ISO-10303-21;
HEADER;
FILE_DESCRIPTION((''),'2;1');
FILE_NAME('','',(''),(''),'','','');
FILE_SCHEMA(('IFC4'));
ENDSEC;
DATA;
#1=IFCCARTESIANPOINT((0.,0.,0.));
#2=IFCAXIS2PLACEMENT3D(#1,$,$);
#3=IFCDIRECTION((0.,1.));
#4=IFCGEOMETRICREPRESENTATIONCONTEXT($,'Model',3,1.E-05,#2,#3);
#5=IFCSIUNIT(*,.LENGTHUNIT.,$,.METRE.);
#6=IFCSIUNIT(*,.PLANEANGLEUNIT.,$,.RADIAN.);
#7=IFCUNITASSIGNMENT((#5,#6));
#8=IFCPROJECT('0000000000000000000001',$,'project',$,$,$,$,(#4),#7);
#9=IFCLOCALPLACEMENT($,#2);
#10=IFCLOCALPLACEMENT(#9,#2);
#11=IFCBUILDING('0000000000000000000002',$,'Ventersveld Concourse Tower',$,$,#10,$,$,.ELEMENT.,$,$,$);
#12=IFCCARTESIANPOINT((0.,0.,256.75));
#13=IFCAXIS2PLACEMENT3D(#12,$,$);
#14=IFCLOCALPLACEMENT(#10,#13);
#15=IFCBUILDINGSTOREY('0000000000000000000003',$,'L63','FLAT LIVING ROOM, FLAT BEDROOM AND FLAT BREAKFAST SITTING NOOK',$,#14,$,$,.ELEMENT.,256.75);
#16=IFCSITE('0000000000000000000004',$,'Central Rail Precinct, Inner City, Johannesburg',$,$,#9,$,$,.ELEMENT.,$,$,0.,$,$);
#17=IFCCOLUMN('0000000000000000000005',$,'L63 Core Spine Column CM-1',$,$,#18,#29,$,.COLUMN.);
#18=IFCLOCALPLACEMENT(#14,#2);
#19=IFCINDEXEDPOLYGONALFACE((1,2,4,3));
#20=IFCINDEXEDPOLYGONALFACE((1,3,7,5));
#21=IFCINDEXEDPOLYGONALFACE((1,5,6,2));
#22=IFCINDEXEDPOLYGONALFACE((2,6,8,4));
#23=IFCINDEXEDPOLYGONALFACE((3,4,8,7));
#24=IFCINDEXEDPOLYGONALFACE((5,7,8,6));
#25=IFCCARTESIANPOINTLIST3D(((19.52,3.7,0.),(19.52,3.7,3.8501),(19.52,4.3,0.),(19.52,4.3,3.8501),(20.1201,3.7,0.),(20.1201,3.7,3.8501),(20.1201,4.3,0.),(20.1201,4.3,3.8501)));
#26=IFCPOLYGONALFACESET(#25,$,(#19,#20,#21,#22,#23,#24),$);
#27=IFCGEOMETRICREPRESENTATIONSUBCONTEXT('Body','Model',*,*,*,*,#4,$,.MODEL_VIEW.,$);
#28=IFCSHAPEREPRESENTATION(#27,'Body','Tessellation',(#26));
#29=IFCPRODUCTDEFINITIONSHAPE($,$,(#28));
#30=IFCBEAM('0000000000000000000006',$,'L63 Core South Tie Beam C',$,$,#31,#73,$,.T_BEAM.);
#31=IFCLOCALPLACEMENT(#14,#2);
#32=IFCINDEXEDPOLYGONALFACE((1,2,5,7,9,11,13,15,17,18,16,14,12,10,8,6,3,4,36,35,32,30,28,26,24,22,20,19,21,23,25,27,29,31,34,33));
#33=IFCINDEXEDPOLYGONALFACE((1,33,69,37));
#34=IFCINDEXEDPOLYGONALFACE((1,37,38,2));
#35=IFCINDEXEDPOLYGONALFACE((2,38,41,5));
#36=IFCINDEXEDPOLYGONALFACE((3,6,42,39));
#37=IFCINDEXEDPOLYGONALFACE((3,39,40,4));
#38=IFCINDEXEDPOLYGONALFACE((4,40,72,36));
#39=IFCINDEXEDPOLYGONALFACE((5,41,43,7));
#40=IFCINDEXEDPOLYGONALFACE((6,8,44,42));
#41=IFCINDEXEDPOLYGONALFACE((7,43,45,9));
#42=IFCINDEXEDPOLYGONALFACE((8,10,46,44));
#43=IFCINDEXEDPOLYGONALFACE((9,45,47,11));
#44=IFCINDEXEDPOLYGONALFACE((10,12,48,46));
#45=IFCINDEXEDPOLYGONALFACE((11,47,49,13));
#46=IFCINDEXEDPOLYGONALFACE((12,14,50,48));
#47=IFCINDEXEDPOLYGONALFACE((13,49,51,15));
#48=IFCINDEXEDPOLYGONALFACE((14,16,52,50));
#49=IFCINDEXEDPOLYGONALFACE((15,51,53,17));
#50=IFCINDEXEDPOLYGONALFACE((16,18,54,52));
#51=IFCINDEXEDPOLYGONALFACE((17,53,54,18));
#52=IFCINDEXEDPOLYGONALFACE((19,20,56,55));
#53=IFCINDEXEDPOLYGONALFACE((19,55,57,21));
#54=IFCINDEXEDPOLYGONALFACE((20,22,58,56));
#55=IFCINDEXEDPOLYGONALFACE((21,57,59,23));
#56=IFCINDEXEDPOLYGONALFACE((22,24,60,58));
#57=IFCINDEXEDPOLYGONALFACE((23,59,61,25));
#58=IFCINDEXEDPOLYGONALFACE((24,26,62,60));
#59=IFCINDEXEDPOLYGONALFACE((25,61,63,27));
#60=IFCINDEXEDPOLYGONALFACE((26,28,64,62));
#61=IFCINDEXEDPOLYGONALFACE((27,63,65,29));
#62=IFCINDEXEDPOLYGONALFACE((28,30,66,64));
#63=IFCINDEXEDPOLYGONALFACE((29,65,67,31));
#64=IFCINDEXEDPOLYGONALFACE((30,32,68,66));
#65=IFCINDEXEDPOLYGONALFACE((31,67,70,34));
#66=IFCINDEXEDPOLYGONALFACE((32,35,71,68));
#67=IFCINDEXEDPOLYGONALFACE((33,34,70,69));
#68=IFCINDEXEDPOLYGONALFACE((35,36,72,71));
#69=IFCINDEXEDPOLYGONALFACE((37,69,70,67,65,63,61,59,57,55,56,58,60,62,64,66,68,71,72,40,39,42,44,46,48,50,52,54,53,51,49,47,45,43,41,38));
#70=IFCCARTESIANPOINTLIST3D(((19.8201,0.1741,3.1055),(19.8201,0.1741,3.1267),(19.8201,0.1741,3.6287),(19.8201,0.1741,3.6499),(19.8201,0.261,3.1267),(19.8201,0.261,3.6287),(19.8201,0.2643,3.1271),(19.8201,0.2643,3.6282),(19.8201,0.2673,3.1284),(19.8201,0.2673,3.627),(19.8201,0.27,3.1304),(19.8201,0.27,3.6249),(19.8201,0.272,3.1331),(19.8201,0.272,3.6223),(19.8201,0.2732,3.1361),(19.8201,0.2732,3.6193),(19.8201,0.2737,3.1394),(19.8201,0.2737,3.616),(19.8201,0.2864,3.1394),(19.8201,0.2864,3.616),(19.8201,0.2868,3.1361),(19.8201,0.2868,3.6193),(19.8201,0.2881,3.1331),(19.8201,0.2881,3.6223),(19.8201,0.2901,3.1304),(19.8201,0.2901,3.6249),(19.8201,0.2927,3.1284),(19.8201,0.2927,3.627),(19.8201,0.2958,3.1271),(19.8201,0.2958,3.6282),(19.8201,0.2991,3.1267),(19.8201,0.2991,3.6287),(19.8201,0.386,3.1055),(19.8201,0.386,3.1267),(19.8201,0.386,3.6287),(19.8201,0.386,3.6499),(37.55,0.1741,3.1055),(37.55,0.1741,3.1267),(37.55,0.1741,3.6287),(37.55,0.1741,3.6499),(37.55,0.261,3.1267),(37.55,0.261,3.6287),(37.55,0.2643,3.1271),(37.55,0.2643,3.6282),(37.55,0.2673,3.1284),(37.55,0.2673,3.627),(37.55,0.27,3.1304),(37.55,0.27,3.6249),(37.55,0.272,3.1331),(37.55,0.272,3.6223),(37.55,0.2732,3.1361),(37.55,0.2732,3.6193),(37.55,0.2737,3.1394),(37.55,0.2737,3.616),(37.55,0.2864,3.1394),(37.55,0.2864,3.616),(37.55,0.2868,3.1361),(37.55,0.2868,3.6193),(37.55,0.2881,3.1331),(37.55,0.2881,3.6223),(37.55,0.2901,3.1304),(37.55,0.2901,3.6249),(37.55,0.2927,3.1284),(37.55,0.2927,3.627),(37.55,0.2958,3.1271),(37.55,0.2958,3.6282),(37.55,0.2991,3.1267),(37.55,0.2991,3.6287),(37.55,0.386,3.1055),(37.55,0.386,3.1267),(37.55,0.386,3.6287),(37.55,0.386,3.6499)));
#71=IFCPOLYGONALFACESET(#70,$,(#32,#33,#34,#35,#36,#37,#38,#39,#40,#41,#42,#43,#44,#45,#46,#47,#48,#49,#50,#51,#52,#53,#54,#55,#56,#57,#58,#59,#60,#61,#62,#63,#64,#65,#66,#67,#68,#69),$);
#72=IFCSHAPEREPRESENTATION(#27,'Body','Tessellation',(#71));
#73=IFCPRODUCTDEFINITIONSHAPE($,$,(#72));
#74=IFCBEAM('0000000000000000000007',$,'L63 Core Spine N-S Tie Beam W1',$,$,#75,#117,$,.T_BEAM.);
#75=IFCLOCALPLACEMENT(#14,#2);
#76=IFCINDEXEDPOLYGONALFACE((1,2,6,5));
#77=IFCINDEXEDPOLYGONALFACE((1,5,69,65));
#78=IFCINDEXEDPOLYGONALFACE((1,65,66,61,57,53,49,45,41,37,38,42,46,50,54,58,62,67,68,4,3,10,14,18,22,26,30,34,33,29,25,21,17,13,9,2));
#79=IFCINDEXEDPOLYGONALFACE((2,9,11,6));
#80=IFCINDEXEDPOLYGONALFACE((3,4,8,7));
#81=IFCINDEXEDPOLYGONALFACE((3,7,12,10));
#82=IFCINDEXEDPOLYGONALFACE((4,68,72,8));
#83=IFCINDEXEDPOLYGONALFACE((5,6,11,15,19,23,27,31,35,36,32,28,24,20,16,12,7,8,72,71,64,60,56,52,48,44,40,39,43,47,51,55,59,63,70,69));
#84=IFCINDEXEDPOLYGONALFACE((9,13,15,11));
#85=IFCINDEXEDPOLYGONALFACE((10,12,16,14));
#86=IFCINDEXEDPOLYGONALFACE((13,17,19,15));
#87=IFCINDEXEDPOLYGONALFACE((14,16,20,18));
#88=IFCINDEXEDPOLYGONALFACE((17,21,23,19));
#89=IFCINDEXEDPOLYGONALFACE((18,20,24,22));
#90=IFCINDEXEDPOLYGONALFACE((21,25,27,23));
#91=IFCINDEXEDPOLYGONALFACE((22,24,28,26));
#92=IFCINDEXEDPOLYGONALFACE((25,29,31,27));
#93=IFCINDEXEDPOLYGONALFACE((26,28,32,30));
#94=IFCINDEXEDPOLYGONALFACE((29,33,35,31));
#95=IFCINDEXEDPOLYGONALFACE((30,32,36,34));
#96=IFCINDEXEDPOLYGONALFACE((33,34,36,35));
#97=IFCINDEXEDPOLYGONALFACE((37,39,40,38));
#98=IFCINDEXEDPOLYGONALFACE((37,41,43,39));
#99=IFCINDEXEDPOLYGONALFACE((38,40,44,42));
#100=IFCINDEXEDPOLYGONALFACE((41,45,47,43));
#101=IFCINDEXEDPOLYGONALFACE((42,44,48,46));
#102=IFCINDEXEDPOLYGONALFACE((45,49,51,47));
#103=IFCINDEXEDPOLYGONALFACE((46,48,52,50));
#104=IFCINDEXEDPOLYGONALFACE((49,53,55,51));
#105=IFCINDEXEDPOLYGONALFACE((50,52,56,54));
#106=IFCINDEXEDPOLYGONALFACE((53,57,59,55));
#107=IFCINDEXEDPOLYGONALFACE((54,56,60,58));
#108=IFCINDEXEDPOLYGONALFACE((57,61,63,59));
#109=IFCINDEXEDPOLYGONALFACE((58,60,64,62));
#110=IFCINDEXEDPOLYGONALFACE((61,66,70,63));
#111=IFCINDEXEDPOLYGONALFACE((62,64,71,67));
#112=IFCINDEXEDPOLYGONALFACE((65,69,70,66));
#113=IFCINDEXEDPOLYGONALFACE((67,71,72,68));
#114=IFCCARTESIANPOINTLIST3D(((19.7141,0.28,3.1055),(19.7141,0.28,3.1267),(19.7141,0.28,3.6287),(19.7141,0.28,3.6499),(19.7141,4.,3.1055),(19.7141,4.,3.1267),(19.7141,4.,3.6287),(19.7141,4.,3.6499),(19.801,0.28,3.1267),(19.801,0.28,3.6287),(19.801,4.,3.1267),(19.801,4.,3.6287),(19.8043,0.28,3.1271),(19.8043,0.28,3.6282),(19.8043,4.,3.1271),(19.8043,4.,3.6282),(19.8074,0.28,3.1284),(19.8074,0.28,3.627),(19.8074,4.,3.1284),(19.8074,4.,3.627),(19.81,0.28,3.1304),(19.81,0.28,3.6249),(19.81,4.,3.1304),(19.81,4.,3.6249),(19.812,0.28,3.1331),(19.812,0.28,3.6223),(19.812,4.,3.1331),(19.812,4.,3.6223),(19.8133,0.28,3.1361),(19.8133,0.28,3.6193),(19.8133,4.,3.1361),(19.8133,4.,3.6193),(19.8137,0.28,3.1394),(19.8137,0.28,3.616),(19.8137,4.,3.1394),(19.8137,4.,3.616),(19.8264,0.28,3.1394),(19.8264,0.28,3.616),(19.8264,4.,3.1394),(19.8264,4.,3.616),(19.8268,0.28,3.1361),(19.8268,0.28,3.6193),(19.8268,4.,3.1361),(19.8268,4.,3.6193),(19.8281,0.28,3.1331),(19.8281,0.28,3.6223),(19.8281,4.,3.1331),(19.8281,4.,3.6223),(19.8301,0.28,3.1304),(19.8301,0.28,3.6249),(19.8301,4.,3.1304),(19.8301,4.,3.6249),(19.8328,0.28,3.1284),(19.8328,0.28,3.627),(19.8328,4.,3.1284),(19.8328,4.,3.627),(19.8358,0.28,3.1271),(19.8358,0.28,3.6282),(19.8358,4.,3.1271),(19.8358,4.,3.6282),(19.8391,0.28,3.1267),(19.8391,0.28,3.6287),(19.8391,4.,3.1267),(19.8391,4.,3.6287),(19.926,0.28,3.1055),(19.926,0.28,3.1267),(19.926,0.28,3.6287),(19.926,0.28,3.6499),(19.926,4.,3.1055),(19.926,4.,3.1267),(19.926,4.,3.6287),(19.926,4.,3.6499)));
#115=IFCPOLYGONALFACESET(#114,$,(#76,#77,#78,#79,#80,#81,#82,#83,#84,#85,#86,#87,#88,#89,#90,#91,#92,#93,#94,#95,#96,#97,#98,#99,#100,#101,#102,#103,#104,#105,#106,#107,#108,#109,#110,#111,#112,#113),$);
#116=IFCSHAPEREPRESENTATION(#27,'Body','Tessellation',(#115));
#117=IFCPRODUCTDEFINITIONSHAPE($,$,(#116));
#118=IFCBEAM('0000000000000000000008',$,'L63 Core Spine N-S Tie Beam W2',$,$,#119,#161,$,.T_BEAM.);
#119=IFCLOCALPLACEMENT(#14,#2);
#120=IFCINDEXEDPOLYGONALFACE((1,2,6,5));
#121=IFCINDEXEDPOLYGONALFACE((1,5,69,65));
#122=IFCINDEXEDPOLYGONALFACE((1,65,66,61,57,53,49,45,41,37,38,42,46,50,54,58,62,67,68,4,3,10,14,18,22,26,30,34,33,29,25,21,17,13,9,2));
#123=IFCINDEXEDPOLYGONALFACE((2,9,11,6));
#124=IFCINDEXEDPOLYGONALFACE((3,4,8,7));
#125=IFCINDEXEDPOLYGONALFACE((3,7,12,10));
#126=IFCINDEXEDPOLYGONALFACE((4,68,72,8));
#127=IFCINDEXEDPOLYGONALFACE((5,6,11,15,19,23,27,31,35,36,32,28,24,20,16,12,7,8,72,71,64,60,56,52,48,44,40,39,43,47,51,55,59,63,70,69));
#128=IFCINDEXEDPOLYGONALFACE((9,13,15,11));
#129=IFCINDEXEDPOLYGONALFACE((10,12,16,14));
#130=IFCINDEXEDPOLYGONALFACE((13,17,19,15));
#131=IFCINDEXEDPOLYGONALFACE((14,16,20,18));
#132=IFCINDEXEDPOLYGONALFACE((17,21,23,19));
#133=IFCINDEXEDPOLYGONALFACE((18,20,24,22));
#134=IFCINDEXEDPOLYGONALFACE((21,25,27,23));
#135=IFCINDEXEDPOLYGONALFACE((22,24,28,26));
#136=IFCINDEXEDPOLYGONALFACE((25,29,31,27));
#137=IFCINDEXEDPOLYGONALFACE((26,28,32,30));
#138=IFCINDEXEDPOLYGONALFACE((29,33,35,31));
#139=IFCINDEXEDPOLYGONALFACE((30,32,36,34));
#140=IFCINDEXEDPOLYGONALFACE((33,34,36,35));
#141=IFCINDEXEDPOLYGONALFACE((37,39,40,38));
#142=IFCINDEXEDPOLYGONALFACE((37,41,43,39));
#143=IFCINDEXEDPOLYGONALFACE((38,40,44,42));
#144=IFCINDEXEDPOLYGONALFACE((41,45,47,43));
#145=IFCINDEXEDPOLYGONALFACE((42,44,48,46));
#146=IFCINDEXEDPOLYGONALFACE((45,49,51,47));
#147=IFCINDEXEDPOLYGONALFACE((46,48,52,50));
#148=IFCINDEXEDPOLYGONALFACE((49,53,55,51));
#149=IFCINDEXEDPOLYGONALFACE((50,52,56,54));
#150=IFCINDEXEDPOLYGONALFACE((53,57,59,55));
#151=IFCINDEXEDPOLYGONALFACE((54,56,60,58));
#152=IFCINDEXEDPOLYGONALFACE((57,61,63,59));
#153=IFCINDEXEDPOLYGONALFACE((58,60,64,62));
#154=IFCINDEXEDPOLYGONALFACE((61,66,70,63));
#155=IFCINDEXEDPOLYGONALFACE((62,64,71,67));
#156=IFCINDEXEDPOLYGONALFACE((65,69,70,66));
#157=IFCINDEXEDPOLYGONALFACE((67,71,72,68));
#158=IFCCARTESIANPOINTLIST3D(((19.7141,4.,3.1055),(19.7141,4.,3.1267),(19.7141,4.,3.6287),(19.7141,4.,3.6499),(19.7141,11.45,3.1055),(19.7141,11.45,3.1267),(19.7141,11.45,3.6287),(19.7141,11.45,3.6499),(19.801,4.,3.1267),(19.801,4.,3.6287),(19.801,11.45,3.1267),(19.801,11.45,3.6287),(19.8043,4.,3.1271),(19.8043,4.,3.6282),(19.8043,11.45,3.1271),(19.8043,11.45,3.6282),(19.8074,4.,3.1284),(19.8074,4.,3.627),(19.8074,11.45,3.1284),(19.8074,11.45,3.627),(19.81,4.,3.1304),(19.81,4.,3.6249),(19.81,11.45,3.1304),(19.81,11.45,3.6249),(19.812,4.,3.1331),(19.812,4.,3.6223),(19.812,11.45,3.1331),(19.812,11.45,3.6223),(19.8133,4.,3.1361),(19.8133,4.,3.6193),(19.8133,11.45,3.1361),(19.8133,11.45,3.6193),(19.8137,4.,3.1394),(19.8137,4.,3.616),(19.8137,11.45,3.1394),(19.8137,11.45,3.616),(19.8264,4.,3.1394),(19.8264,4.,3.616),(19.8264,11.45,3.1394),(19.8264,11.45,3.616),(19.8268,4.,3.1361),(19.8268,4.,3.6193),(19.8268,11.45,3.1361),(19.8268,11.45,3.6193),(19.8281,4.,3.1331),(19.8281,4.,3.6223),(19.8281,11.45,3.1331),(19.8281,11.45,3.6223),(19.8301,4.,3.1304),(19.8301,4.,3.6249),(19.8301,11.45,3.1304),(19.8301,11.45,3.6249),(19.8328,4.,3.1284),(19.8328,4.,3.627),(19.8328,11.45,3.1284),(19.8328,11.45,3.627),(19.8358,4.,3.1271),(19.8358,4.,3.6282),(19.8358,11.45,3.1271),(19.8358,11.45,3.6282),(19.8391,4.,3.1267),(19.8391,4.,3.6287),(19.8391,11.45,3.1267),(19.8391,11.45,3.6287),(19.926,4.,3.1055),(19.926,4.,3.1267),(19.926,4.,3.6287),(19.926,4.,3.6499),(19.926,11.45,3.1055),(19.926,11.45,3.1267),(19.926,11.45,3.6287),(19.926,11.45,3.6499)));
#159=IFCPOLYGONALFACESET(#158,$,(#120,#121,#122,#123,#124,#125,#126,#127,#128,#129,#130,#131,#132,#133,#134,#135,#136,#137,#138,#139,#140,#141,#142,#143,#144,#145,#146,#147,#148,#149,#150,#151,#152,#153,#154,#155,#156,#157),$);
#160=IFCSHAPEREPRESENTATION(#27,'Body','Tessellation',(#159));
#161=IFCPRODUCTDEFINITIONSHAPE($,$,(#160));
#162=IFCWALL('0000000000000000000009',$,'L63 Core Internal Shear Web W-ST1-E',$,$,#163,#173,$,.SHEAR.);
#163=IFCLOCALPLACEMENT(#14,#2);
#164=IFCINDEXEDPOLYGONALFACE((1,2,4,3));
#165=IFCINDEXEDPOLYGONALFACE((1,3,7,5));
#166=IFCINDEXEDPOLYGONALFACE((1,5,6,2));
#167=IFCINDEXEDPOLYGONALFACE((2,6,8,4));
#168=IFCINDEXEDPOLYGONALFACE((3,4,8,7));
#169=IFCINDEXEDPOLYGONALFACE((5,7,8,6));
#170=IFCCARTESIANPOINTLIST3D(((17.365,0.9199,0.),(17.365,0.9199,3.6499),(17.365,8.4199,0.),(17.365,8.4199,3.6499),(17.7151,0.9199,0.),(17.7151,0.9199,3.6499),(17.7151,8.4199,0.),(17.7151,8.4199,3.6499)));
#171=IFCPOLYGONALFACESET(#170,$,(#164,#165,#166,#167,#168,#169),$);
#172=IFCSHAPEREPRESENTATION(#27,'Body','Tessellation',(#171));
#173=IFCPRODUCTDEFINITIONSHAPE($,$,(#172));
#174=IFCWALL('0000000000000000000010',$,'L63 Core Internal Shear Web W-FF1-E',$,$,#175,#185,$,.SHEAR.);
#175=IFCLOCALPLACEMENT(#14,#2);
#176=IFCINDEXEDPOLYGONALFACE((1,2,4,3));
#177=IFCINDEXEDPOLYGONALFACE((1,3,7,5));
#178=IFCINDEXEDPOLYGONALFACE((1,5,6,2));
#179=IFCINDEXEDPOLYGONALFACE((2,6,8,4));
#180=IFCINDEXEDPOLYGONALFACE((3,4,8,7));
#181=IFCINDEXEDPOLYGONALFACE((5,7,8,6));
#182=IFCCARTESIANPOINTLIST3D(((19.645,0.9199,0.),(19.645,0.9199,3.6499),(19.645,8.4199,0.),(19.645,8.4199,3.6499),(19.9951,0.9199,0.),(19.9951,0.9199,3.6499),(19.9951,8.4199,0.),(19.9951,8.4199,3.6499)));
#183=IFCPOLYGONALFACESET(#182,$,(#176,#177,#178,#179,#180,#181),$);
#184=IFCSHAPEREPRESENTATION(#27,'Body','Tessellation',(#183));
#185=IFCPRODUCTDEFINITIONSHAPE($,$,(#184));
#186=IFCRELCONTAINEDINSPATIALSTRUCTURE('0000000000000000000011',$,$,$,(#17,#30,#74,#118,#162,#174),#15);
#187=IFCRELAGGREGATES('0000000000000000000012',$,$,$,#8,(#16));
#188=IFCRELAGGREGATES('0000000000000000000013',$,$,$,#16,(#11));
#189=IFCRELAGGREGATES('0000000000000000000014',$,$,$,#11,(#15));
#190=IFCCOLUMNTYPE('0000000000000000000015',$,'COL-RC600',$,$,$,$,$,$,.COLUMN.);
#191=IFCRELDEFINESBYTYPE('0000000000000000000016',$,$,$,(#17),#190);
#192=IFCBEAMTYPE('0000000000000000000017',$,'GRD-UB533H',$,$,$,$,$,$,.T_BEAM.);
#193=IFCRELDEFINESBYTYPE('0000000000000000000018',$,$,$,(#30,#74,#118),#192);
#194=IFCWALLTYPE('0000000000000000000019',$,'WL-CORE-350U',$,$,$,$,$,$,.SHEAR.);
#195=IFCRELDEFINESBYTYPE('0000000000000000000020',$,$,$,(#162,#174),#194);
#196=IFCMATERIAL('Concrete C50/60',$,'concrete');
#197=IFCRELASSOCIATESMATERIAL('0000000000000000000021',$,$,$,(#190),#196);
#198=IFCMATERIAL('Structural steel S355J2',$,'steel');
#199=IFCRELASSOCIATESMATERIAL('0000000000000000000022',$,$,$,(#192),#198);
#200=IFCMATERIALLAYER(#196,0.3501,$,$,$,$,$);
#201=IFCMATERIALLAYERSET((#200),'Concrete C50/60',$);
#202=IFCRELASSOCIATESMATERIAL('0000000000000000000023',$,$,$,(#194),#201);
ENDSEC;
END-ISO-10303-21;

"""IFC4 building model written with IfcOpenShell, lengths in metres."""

from ifc_helpers import new_model, si_unit, direction, frame, frame_2d, origin, origin_2d, place, context, subcontext, project, spatial, rectangle, i_section, extrude, material, layer, layer_set, material_profile, profile_set, type_object, element, save


model = new_model("IFC4")

# Units and contexts
model_context = context("Model", 3, precision=1e-05, world=origin(), true_north=direction((0.0, 1.0)))
body_context = subcontext(model_context, "Body", "Model", "MODEL_VIEW")
ifc_project = project(units=[si_unit("LENGTHUNIT", "METRE"), si_unit("PLANEANGLEUNIT", "RADIAN")], contexts=[model_context])

# Site, building, storey
site_placement = place(None, origin())
site = spatial("IfcSite", under=ifc_project, at=site_placement, Name="Central Rail Precinct, Inner City, Johannesburg", CompositionType="ELEMENT", RefElevation=0.0)
building_placement = place(site_placement, origin())
building = spatial("IfcBuilding", under=site, at=building_placement, Name="Ventersveld Concourse Tower", CompositionType="ELEMENT")
storey_placement = place(building_placement, frame((0.0, 0.0, 256.75)))
storey = spatial("IfcBuildingStorey", under=building, at=storey_placement, Name="L63", Description="FLAT LIVING ROOM, FLAT BEDROOM AND FLAT BREAKFAST SITTING NOOK", CompositionType="ELEMENT", Elevation=256.75)

# Column
ifc_material_1 = material(Name="Concrete C50/60", Category="concrete")
ifc_material_profile_1 = material_profile(ifc_material_1, rectangle(XDim=0.6001, YDim=0.6001, at=origin_2d()), Name="RC 600x600")
ifc_profile_set_1 = profile_set([ifc_material_profile_1], Name="Concrete C50/60")
column_type = type_object("IfcColumnType", Name="COL-RC600", PredefinedType="COLUMN", material=ifc_profile_set_1)
column_placement = place(storey_placement, frame((19.8201, 4.0, 0.0), z_axis=(0.0, 0.0, 1.0), x_axis=(1.0, 0.0, 0.0)))
element("IfcColumn", 1, at=column_placement, inside=storey, type_object=column_type, Name="L63 Core Spine Column CM-1", PredefinedType="COLUMN", context=body_context, shape_type="SweptSolid", body=[
    extrude(rectangle(XDim=0.6001, YDim=0.6001, at=origin_2d()), origin(), (0.0, 0.0, 1.0), 3.8501),
])

# Beams
ifc_material_2 = material(Name="Structural steel S355J2", Category="steel")
ifc_material_profile_2 = material_profile(ifc_material_2, i_section(OverallWidth=0.2119, OverallDepth=0.5444, WebThickness=0.0127, FlangeThickness=0.0212, FilletRadius=0.0127, at=origin_2d()), Name="UB 533x210x122")
ifc_profile_set_2 = profile_set([ifc_material_profile_2], Name="Structural steel S355J2")
beam_type = type_object("IfcBeamType", Name="GRD-UB533H", PredefinedType="T_BEAM", material=ifc_profile_set_2)
beam_1_placement = place(storey_placement, frame((19.8201, 0.28, 3.3777), z_axis=(1.0, 0.0, 0.0), x_axis=(0.0, 1.0, 0.0)))
element("IfcBeam", 2, at=beam_1_placement, inside=storey, type_object=beam_type, Name="L63 Core South Tie Beam C", PredefinedType="T_BEAM", context=body_context, shape_type="SweptSolid", body=[
    extrude(i_section(OverallWidth=0.2119, OverallDepth=0.5444, WebThickness=0.0127, FlangeThickness=0.0212, FilletRadius=0.0127, at=origin_2d()), origin(), (0.0, 0.0, 1.0), 17.73),
])
beam_2_placement = place(storey_placement, frame((19.8201, 0.28, 3.3777), z_axis=(0.0, 1.0, 0.0), x_axis=(-1.0, 0.0, 0.0)))
element("IfcBeam", 3, at=beam_2_placement, inside=storey, type_object=beam_type, Name="L63 Core Spine N-S Tie Beam W1", PredefinedType="T_BEAM", context=body_context, shape_type="SweptSolid", body=[
    extrude(i_section(OverallWidth=0.2119, OverallDepth=0.5444, WebThickness=0.0127, FlangeThickness=0.0212, FilletRadius=0.0127, at=origin_2d()), origin(), (0.0, 0.0, 1.0), 3.72),
])
beam_3_placement = place(storey_placement, frame((19.8201, 4.0, 3.3777), z_axis=(0.0, 1.0, 0.0), x_axis=(-1.0, 0.0, 0.0)))
element("IfcBeam", 4, at=beam_3_placement, inside=storey, type_object=beam_type, Name="L63 Core Spine N-S Tie Beam W2", PredefinedType="T_BEAM", context=body_context, shape_type="SweptSolid", body=[
    extrude(i_section(OverallWidth=0.2119, OverallDepth=0.5444, WebThickness=0.0127, FlangeThickness=0.0212, FilletRadius=0.0127, at=origin_2d()), origin(), (0.0, 0.0, 1.0), 7.45),
])

# Walls
ifc_layer_1 = layer(ifc_material_1, 0.3501)
ifc_layer_set_1 = layer_set([ifc_layer_1], Name="Concrete C50/60")
wall_type_1 = type_object("IfcWallType", Name="WL-CORE-350U", PredefinedType="SHEAR", material=ifc_layer_set_1)
for number, where, z_axis, x_axis, name in (
    (5, (17.54, 0.9199, 0.0), (0.0, 0.0, 1.0), (0.0, 1.0, 0.0), "L63 Core Internal Shear Web W-ST1-E"),
    (6, (19.8201, 0.9199, 0.0), (0.0, 0.0, 1.0), (0.0, 1.0, 0.0), "L63 Core Internal Shear Web W-FF1-E"),
):
    element("IfcWall", number, at=place(storey_placement, frame(where, z_axis=z_axis, x_axis=x_axis)), inside=storey, type_object=wall_type_1, Name=name, PredefinedType="SHEAR", context=body_context, shape_type="SweptSolid", body=[
        extrude(rectangle(XDim=7.5, YDim=0.3501, at=frame_2d((3.75, 0.0))), origin(), (0.0, 0.0, 1.0), 3.6499),
    ])

save(model, "model.ifc")
